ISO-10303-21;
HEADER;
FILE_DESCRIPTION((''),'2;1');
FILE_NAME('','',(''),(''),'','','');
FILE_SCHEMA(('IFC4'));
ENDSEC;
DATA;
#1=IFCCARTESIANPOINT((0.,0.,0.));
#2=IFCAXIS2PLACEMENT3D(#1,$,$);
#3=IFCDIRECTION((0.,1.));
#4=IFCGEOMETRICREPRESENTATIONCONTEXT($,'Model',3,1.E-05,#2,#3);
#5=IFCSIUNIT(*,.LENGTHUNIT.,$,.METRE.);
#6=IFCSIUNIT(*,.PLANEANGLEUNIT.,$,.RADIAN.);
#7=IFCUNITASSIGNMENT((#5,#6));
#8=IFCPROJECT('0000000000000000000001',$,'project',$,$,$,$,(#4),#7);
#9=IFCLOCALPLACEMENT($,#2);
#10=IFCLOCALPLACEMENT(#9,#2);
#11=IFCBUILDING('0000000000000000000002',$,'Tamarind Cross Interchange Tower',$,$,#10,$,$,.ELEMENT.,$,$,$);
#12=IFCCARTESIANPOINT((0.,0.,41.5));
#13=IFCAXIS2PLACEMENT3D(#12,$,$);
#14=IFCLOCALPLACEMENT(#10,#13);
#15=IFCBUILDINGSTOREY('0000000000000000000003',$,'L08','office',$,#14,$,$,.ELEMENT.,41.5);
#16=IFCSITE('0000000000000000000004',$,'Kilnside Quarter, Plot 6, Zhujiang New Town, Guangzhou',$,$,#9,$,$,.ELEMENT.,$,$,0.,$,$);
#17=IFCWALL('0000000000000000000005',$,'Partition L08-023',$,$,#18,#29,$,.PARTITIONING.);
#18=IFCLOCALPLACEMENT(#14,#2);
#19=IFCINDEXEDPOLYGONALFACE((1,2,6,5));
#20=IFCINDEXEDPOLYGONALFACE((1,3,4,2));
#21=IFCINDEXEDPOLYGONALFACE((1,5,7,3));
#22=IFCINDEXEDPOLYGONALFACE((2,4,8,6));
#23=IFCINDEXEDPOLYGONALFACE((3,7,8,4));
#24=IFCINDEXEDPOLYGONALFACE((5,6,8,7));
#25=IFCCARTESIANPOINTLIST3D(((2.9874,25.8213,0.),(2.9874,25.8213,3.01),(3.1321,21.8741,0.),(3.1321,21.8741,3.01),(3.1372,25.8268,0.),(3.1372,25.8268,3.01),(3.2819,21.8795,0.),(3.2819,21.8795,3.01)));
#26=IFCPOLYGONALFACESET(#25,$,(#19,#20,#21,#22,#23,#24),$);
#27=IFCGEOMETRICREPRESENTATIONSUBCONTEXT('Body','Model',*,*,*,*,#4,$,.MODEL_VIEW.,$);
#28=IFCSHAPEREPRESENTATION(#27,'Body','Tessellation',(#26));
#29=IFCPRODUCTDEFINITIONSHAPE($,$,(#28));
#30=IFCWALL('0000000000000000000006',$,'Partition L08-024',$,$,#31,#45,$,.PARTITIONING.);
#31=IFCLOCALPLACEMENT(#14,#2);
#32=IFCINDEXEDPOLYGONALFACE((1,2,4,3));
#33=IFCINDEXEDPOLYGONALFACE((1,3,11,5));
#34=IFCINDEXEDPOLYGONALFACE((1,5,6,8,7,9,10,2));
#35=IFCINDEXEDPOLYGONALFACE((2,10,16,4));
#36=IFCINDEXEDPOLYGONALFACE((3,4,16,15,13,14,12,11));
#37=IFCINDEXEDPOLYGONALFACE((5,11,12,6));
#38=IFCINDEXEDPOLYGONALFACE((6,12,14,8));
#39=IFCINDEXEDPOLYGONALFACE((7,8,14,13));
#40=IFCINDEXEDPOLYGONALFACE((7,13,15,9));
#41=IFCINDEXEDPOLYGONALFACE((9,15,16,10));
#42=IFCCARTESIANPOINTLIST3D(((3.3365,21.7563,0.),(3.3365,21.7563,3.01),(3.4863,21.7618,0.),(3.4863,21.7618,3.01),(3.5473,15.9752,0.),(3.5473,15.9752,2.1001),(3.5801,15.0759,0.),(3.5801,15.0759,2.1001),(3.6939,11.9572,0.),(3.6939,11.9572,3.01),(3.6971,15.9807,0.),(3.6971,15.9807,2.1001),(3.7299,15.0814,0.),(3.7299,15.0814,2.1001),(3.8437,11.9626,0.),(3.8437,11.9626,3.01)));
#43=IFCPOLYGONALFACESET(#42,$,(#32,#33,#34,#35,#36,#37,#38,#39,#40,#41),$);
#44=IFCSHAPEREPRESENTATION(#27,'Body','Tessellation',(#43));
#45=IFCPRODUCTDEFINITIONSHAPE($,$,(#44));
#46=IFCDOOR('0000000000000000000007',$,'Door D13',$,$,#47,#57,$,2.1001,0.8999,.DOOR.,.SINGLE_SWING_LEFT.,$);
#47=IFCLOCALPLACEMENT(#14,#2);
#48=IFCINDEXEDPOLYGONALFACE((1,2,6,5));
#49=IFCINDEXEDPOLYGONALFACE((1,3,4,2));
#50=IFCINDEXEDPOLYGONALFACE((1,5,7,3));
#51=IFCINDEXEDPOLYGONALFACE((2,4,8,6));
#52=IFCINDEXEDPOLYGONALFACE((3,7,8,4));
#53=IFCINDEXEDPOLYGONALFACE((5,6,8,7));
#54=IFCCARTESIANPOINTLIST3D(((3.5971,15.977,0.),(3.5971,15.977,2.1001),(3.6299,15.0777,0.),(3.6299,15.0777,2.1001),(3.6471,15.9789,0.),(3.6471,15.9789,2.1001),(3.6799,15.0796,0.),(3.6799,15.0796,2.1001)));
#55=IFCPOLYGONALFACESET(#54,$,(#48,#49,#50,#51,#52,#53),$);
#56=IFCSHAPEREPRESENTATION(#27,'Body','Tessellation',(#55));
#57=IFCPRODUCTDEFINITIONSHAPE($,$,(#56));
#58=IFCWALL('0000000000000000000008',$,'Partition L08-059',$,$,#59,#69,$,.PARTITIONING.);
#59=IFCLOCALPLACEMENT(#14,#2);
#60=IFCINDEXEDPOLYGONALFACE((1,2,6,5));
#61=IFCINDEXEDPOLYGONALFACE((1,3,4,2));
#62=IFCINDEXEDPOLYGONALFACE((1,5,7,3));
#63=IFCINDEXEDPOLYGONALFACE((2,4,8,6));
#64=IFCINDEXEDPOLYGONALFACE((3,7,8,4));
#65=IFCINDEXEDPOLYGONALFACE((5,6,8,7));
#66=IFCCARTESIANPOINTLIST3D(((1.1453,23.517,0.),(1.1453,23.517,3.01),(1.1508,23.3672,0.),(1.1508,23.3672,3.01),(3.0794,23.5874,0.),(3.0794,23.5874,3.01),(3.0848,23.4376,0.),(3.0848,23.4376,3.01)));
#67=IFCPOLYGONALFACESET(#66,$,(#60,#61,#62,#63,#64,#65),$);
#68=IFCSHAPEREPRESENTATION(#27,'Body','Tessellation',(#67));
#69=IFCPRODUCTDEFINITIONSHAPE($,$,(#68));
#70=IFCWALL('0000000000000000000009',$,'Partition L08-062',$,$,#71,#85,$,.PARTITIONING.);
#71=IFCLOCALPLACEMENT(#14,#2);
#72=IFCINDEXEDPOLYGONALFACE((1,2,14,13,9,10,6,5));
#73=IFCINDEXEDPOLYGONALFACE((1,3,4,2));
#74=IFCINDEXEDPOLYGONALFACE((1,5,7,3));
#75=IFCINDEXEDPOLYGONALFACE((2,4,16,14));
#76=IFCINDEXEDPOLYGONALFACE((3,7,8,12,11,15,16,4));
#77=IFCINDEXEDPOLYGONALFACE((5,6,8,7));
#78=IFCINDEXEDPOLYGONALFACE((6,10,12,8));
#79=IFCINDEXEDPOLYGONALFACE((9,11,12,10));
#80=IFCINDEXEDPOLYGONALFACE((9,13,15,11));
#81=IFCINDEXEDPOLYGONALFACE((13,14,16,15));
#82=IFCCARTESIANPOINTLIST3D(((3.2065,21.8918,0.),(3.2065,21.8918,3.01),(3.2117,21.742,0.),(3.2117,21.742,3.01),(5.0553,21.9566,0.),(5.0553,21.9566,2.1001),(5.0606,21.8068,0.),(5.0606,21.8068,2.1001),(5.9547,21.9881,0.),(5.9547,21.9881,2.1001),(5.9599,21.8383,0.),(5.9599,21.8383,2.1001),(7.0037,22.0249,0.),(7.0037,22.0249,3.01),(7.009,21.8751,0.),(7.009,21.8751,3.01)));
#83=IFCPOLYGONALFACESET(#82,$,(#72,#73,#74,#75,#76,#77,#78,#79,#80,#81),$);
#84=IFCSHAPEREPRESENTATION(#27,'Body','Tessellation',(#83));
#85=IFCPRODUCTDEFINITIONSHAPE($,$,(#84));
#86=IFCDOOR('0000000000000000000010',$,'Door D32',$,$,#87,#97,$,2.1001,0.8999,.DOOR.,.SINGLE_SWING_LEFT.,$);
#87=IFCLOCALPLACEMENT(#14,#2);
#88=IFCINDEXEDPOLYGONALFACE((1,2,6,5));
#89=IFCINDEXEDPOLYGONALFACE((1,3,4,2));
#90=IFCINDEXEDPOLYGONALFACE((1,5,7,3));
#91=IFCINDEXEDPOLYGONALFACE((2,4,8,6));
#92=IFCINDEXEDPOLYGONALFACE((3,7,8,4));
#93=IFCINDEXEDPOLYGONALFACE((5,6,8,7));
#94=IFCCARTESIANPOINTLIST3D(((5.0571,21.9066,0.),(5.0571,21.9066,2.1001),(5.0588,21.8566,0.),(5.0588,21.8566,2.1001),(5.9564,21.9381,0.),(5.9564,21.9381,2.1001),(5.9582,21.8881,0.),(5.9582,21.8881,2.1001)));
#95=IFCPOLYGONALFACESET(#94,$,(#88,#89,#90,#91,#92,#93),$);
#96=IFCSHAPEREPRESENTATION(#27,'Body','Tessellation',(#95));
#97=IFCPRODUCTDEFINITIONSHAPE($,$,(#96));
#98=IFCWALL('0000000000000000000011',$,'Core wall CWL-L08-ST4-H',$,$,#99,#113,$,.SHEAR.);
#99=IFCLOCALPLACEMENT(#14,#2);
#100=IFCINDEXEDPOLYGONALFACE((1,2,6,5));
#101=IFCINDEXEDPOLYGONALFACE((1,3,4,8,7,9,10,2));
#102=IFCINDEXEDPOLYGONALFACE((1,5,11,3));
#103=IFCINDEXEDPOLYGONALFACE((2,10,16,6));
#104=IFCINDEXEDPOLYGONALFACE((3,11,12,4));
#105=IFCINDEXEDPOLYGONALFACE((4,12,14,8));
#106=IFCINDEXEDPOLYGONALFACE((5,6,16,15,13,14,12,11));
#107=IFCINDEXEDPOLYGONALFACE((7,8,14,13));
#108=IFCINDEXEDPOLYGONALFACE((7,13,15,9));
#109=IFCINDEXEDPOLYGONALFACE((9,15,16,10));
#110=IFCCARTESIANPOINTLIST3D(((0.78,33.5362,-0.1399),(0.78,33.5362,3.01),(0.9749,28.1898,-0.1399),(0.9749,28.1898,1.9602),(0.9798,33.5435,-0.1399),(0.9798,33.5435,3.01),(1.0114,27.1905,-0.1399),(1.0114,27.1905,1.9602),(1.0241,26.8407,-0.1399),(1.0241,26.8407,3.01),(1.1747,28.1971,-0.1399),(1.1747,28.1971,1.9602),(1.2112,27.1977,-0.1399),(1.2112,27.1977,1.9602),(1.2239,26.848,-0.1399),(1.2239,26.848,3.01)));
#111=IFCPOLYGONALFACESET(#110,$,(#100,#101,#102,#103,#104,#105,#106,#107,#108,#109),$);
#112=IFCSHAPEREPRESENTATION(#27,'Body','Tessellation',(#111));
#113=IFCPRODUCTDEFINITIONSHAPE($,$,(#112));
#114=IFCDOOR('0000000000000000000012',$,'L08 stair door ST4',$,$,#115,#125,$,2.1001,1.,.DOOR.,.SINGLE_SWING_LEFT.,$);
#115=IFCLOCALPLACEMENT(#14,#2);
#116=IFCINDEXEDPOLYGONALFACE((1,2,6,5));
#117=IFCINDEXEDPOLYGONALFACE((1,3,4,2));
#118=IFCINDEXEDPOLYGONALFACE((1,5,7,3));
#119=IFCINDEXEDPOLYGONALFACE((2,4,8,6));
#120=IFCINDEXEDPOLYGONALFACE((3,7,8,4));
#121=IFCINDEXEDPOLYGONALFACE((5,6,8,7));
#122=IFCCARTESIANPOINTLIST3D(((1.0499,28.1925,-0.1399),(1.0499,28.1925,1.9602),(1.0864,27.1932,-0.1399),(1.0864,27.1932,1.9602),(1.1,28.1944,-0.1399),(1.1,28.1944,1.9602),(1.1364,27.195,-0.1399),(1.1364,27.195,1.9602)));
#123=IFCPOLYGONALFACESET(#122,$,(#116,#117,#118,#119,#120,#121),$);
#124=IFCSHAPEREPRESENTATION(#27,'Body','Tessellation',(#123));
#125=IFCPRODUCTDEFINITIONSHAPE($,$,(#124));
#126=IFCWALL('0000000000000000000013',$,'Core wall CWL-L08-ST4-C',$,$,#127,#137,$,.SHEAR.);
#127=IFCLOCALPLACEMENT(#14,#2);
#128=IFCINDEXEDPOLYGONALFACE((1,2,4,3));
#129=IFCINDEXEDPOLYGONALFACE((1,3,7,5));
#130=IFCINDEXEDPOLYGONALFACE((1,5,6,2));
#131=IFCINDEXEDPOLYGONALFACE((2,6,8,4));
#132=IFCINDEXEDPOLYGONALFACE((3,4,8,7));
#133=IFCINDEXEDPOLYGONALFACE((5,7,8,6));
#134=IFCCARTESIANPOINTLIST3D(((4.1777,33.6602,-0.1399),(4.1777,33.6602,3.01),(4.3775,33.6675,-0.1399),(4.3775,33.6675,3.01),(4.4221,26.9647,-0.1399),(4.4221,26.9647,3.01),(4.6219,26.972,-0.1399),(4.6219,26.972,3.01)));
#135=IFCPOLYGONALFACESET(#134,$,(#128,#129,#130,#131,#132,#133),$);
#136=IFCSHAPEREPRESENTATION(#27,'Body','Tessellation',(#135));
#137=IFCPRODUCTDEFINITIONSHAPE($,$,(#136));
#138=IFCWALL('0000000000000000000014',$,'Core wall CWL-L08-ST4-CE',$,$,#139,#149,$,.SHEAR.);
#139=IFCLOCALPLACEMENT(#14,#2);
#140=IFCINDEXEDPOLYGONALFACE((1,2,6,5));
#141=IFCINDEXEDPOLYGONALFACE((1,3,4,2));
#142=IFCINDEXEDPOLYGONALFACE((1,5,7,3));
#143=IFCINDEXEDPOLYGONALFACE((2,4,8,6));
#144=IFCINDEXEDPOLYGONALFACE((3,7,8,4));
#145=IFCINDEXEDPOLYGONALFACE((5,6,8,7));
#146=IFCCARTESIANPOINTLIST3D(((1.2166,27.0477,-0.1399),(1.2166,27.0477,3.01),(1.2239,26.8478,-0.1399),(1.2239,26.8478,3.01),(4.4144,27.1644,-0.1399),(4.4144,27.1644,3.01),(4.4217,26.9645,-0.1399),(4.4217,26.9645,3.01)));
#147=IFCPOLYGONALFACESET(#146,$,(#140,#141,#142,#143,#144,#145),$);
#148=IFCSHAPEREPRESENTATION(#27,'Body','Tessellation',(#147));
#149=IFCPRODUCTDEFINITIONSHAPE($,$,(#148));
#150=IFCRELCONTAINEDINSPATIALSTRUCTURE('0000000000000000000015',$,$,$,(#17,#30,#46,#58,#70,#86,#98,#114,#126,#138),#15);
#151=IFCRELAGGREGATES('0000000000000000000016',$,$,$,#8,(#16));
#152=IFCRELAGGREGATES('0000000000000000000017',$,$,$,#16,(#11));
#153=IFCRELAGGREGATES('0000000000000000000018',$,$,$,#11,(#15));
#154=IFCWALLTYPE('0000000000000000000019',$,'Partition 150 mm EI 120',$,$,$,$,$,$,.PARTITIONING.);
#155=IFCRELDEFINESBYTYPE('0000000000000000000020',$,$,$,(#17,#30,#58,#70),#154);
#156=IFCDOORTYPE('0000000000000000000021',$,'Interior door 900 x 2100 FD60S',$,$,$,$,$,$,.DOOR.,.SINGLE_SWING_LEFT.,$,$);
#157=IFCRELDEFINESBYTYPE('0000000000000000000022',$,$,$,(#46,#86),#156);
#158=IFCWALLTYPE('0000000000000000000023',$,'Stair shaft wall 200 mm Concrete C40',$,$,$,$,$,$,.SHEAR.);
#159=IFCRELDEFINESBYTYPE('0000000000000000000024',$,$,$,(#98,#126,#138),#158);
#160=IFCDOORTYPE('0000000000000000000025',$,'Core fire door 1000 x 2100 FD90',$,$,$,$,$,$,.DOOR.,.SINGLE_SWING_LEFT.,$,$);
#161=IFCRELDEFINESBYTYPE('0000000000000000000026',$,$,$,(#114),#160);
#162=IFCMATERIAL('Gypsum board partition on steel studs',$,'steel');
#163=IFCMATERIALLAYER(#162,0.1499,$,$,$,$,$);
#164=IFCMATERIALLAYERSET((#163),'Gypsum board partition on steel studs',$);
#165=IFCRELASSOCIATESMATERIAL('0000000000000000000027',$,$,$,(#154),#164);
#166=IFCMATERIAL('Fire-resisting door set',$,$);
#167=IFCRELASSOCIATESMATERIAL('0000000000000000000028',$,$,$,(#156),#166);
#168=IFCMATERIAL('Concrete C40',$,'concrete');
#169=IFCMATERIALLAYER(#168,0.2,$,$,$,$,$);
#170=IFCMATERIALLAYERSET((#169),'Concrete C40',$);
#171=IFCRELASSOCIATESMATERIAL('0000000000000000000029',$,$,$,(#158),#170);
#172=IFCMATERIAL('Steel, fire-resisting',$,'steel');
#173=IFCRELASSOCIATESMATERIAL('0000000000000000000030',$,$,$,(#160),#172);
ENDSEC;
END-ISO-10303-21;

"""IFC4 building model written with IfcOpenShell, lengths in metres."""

from ifc_helpers import new_model, si_unit, direction, frame, frame_2d, origin, place, context, subcontext, project, spatial, rectangle, extrude, material, layer, layer_set, type_object, element, fill, save


model = new_model("IFC4")

# Units and contexts
model_context = context("Model", 3, precision=1e-05, world=origin(), true_north=direction((0.0, 1.0)))
body_context = subcontext(model_context, "Body", "Model", "MODEL_VIEW")
ifc_project = project(units=[si_unit("LENGTHUNIT", "METRE"), si_unit("PLANEANGLEUNIT", "RADIAN")], contexts=[model_context])

# Site, building, storey
site_placement = place(None, origin())
site = spatial("IfcSite", under=ifc_project, at=site_placement, Name="Kilnside Quarter, Plot 6, Zhujiang New Town, Guangzhou", CompositionType="ELEMENT", RefElevation=0.0)
building_placement = place(site_placement, origin())
building = spatial("IfcBuilding", under=site, at=building_placement, Name="Tamarind Cross Interchange Tower", CompositionType="ELEMENT")
storey_placement = place(building_placement, frame((0.0, 0.0, 41.5)))
storey = spatial("IfcBuildingStorey", under=building, at=storey_placement, Name="L08", Description="office", CompositionType="ELEMENT", Elevation=41.5)

# Shared definitions
ifc_material_1 = material(Name="Gypsum board partition on steel studs", Category="steel")
ifc_layer_1 = layer(ifc_material_1, 0.1499)
ifc_layer_set_1 = layer_set([ifc_layer_1], Name="Gypsum board partition on steel studs")
wall_type_1 = type_object("IfcWallType", Name="Partition 150 mm EI 120", PredefinedType="PARTITIONING", material=ifc_layer_set_1)
ifc_material_2 = material(Name="Fire-resisting door set")
door_type_1 = type_object("IfcDoorType", Name="Interior door 900 x 2100 FD60S", OperationType="SINGLE_SWING_LEFT", PredefinedType="DOOR", material=ifc_material_2)

# Wall
wall_1_placement = place(storey_placement, frame((3.0623, 25.8242, 0.0), z_axis=(0.0, 0.0, 1.0), x_axis=(0.036653, -0.999328, 0.0)))
element("IfcWall", 1, at=wall_1_placement, inside=storey, type_object=wall_type_1, Name="Partition L08-023", PredefinedType="PARTITIONING", context=body_context, shape_type="SweptSolid", body=[
    extrude(rectangle(XDim=3.95, YDim=0.1499, at=frame_2d((1.9751, 0.0))), origin(), (0.0, 0.0, 1.0), 3.01),
])

# Wall, opening, door
wall_2_placement = place(storey_placement, frame((3.4114, 21.759, 0.0), z_axis=(0.0, 0.0, 1.0), x_axis=(0.036451, -0.999335, 0.0)))
wall_2 = element("IfcWall", 2, at=wall_2_placement, inside=storey, type_object=wall_type_1, Name="Partition L08-024", PredefinedType="PARTITIONING", context=body_context, shape_type="SweptSolid", body=[
    extrude(rectangle(XDim=9.8057, YDim=0.1499, at=frame_2d((4.9028, 0.0))), origin(), (0.0, 0.0, 1.0), 3.01),
])
opening_1_placement = place(wall_2_placement, frame((5.7849, 0.0, 0.0)))
opening_1 = element("IfcOpeningElement", 3, at=opening_1_placement, cuts=wall_2, PredefinedType="OPENING", context=body_context, shape_type="SweptSolid", body=[
    extrude(rectangle(XDim=0.8999, YDim=2.1001, at=frame_2d((0.45, 1.05))), frame((0.0, 0.085, 0.0), z_axis=(0.0, -1.0, 0.0), x_axis=(1.0, 0.0, 0.0)), (0.0, 0.0, 1.0), 0.1699),
])
door_1_placement = place(opening_1_placement, origin())
door_1 = element("IfcDoor", 4, at=door_1_placement, inside=storey, type_object=door_type_1, Name="Door D13", OperationType="SINGLE_SWING_LEFT", OverallHeight=2.1001, OverallWidth=0.8999, PredefinedType="DOOR", context=body_context, shape_type="SweptSolid", body=[
    extrude(rectangle(XDim=0.8999, YDim=2.1001, at=frame_2d((0.45, 1.05))), frame((0.0, 0.0249, 0.0), z_axis=(0.0, -1.0, 0.0), x_axis=(1.0, 0.0, 0.0)), (0.0, 0.0, 1.0), 0.05),
])
fill(opening_1, door_1)

# Wall
wall_3_placement = place(storey_placement, frame((1.1479, 23.4421, 0.0), z_axis=(0.0, 0.0, 1.0), x_axis=(0.99934, 0.03633, 0.0)))
element("IfcWall", 5, at=wall_3_placement, inside=storey, type_object=wall_type_1, Name="Partition L08-059", PredefinedType="PARTITIONING", context=body_context, shape_type="SweptSolid", body=[
    extrude(rectangle(XDim=1.9353, YDim=0.1499, at=frame_2d((0.9678, 0.0))), origin(), (0.0, 0.0, 1.0), 3.01),
])

# Walls, openings, doors
wall_4_placement = place(storey_placement, frame((3.209, 21.8169, 0.0), z_axis=(0.0, 0.0, 1.0), x_axis=(0.999387, 0.03502, 0.0)))
wall_4 = element("IfcWall", 6, at=wall_4_placement, inside=storey, type_object=wall_type_1, Name="Partition L08-062", PredefinedType="PARTITIONING", context=body_context, shape_type="SweptSolid", body=[
    extrude(rectangle(XDim=3.7996, YDim=0.1499, at=frame_2d((1.8999, 0.0))), origin(), (0.0, 0.0, 1.0), 3.01),
])
opening_2_placement = place(wall_4_placement, frame((1.8501, 0.0, 0.0)))
opening_2 = element("IfcOpeningElement", 7, at=opening_2_placement, cuts=wall_4, PredefinedType="OPENING", context=body_context, shape_type="SweptSolid", body=[
    extrude(rectangle(XDim=0.8999, YDim=2.1001, at=frame_2d((0.45, 1.05))), frame((0.0, 0.085, 0.0), z_axis=(0.0, -1.0, 0.0), x_axis=(1.0, 0.0, 0.0)), (0.0, 0.0, 1.0), 0.1699),
])
door_2_placement = place(opening_2_placement, origin())
door_2 = element("IfcDoor", 8, at=door_2_placement, inside=storey, type_object=door_type_1, Name="Door D32", OperationType="SINGLE_SWING_LEFT", OverallHeight=2.1001, OverallWidth=0.8999, PredefinedType="DOOR", context=body_context, shape_type="SweptSolid", body=[
    extrude(rectangle(XDim=0.8999, YDim=2.1001, at=frame_2d((0.45, 1.05))), frame((0.0, 0.0249, 0.0), z_axis=(0.0, -1.0, 0.0), x_axis=(1.0, 0.0, 0.0)), (0.0, 0.0, 1.0), 0.05),
])
fill(opening_2, door_2)
ifc_material_3 = material(Name="Concrete C40", Category="concrete")
ifc_layer_2 = layer(ifc_material_3, 0.2)
ifc_layer_set_2 = layer_set([ifc_layer_2], Name="Concrete C40")
wall_type_2 = type_object("IfcWallType", Name="Stair shaft wall 200 mm Concrete C40", PredefinedType="SHEAR", material=ifc_layer_set_2)
wall_5_placement = place(storey_placement, frame((1.124, 26.8442, -0.1399), z_axis=(0.0, 0.0, 1.0), x_axis=(-0.036439, 0.999336, 0.0)))
wall_5 = element("IfcWall", 9, at=wall_5_placement, inside=storey, type_object=wall_type_2, Name="Core wall CWL-L08-ST4-H", PredefinedType="SHEAR", context=body_context, shape_type="SweptSolid", body=[
    extrude(rectangle(XDim=6.7, YDim=0.2, at=frame_2d((3.3501, 0.0))), origin(), (0.0, 0.0, 1.0), 3.1499),
])
opening_3_placement = place(wall_5_placement, frame((0.3501, 0.0, 0.0)))
opening_3 = element("IfcOpeningElement", 10, at=opening_3_placement, cuts=wall_5, PredefinedType="OPENING", context=body_context, shape_type="SweptSolid", body=[
    extrude(rectangle(XDim=1.0, YDim=2.1001, at=frame_2d((0.5, 1.05))), frame((0.0, 0.1099, 0.0), z_axis=(0.0, -1.0, 0.0), x_axis=(1.0, 0.0, 0.0)), (0.0, 0.0, 1.0), 0.22),
])
ifc_material_4 = material(Name="Steel, fire-resisting", Category="steel")
door_type_2 = type_object("IfcDoorType", Name="Core fire door 1000 x 2100 FD90", OperationType="SINGLE_SWING_LEFT", PredefinedType="DOOR", material=ifc_material_4)
door_3_placement = place(opening_3_placement, origin())
door_3 = element("IfcDoor", 11, at=door_3_placement, inside=storey, type_object=door_type_2, Name="L08 stair door ST4", OperationType="SINGLE_SWING_LEFT", OverallHeight=2.1001, OverallWidth=1.0, PredefinedType="DOOR", context=body_context, shape_type="SweptSolid", body=[
    extrude(rectangle(XDim=1.0, YDim=2.1001, at=frame_2d((0.5, 1.05))), frame((0.0, 0.0249, 0.0), z_axis=(0.0, -1.0, 0.0), x_axis=(1.0, 0.0, 0.0)), (0.0, 0.0, 1.0), 0.05),
])
fill(opening_3, door_3)

# Walls
wall_6_placement = place(storey_placement, frame((4.522, 26.9683, -0.1399), z_axis=(0.0, 0.0, 1.0), x_axis=(-0.036475, 0.999335, 0.0)))
element("IfcWall", 12, at=wall_6_placement, inside=storey, type_object=wall_type_2, Name="Core wall CWL-L08-ST4-C", PredefinedType="SHEAR", context=body_context, shape_type="SweptSolid", body=[
    extrude(rectangle(XDim=6.7, YDim=0.2, at=frame_2d((3.3501, 0.0))), origin(), (0.0, 0.0, 1.0), 3.1499),
])
wall_7_placement = place(storey_placement, frame((4.4182, 27.0645, -0.1399), z_axis=(0.0, 0.0, 1.0), x_axis=(-0.999335, -0.03647, 0.0)))
element("IfcWall", 13, at=wall_7_placement, inside=storey, type_object=wall_type_2, Name="Core wall CWL-L08-ST4-CE", PredefinedType="SHEAR", context=body_context, shape_type="SweptSolid", body=[
    extrude(rectangle(XDim=3.2, YDim=0.2, at=frame_2d((1.6001, 0.0))), origin(), (0.0, 0.0, 1.0), 3.1499),
])

save(model, "model.ifc")
